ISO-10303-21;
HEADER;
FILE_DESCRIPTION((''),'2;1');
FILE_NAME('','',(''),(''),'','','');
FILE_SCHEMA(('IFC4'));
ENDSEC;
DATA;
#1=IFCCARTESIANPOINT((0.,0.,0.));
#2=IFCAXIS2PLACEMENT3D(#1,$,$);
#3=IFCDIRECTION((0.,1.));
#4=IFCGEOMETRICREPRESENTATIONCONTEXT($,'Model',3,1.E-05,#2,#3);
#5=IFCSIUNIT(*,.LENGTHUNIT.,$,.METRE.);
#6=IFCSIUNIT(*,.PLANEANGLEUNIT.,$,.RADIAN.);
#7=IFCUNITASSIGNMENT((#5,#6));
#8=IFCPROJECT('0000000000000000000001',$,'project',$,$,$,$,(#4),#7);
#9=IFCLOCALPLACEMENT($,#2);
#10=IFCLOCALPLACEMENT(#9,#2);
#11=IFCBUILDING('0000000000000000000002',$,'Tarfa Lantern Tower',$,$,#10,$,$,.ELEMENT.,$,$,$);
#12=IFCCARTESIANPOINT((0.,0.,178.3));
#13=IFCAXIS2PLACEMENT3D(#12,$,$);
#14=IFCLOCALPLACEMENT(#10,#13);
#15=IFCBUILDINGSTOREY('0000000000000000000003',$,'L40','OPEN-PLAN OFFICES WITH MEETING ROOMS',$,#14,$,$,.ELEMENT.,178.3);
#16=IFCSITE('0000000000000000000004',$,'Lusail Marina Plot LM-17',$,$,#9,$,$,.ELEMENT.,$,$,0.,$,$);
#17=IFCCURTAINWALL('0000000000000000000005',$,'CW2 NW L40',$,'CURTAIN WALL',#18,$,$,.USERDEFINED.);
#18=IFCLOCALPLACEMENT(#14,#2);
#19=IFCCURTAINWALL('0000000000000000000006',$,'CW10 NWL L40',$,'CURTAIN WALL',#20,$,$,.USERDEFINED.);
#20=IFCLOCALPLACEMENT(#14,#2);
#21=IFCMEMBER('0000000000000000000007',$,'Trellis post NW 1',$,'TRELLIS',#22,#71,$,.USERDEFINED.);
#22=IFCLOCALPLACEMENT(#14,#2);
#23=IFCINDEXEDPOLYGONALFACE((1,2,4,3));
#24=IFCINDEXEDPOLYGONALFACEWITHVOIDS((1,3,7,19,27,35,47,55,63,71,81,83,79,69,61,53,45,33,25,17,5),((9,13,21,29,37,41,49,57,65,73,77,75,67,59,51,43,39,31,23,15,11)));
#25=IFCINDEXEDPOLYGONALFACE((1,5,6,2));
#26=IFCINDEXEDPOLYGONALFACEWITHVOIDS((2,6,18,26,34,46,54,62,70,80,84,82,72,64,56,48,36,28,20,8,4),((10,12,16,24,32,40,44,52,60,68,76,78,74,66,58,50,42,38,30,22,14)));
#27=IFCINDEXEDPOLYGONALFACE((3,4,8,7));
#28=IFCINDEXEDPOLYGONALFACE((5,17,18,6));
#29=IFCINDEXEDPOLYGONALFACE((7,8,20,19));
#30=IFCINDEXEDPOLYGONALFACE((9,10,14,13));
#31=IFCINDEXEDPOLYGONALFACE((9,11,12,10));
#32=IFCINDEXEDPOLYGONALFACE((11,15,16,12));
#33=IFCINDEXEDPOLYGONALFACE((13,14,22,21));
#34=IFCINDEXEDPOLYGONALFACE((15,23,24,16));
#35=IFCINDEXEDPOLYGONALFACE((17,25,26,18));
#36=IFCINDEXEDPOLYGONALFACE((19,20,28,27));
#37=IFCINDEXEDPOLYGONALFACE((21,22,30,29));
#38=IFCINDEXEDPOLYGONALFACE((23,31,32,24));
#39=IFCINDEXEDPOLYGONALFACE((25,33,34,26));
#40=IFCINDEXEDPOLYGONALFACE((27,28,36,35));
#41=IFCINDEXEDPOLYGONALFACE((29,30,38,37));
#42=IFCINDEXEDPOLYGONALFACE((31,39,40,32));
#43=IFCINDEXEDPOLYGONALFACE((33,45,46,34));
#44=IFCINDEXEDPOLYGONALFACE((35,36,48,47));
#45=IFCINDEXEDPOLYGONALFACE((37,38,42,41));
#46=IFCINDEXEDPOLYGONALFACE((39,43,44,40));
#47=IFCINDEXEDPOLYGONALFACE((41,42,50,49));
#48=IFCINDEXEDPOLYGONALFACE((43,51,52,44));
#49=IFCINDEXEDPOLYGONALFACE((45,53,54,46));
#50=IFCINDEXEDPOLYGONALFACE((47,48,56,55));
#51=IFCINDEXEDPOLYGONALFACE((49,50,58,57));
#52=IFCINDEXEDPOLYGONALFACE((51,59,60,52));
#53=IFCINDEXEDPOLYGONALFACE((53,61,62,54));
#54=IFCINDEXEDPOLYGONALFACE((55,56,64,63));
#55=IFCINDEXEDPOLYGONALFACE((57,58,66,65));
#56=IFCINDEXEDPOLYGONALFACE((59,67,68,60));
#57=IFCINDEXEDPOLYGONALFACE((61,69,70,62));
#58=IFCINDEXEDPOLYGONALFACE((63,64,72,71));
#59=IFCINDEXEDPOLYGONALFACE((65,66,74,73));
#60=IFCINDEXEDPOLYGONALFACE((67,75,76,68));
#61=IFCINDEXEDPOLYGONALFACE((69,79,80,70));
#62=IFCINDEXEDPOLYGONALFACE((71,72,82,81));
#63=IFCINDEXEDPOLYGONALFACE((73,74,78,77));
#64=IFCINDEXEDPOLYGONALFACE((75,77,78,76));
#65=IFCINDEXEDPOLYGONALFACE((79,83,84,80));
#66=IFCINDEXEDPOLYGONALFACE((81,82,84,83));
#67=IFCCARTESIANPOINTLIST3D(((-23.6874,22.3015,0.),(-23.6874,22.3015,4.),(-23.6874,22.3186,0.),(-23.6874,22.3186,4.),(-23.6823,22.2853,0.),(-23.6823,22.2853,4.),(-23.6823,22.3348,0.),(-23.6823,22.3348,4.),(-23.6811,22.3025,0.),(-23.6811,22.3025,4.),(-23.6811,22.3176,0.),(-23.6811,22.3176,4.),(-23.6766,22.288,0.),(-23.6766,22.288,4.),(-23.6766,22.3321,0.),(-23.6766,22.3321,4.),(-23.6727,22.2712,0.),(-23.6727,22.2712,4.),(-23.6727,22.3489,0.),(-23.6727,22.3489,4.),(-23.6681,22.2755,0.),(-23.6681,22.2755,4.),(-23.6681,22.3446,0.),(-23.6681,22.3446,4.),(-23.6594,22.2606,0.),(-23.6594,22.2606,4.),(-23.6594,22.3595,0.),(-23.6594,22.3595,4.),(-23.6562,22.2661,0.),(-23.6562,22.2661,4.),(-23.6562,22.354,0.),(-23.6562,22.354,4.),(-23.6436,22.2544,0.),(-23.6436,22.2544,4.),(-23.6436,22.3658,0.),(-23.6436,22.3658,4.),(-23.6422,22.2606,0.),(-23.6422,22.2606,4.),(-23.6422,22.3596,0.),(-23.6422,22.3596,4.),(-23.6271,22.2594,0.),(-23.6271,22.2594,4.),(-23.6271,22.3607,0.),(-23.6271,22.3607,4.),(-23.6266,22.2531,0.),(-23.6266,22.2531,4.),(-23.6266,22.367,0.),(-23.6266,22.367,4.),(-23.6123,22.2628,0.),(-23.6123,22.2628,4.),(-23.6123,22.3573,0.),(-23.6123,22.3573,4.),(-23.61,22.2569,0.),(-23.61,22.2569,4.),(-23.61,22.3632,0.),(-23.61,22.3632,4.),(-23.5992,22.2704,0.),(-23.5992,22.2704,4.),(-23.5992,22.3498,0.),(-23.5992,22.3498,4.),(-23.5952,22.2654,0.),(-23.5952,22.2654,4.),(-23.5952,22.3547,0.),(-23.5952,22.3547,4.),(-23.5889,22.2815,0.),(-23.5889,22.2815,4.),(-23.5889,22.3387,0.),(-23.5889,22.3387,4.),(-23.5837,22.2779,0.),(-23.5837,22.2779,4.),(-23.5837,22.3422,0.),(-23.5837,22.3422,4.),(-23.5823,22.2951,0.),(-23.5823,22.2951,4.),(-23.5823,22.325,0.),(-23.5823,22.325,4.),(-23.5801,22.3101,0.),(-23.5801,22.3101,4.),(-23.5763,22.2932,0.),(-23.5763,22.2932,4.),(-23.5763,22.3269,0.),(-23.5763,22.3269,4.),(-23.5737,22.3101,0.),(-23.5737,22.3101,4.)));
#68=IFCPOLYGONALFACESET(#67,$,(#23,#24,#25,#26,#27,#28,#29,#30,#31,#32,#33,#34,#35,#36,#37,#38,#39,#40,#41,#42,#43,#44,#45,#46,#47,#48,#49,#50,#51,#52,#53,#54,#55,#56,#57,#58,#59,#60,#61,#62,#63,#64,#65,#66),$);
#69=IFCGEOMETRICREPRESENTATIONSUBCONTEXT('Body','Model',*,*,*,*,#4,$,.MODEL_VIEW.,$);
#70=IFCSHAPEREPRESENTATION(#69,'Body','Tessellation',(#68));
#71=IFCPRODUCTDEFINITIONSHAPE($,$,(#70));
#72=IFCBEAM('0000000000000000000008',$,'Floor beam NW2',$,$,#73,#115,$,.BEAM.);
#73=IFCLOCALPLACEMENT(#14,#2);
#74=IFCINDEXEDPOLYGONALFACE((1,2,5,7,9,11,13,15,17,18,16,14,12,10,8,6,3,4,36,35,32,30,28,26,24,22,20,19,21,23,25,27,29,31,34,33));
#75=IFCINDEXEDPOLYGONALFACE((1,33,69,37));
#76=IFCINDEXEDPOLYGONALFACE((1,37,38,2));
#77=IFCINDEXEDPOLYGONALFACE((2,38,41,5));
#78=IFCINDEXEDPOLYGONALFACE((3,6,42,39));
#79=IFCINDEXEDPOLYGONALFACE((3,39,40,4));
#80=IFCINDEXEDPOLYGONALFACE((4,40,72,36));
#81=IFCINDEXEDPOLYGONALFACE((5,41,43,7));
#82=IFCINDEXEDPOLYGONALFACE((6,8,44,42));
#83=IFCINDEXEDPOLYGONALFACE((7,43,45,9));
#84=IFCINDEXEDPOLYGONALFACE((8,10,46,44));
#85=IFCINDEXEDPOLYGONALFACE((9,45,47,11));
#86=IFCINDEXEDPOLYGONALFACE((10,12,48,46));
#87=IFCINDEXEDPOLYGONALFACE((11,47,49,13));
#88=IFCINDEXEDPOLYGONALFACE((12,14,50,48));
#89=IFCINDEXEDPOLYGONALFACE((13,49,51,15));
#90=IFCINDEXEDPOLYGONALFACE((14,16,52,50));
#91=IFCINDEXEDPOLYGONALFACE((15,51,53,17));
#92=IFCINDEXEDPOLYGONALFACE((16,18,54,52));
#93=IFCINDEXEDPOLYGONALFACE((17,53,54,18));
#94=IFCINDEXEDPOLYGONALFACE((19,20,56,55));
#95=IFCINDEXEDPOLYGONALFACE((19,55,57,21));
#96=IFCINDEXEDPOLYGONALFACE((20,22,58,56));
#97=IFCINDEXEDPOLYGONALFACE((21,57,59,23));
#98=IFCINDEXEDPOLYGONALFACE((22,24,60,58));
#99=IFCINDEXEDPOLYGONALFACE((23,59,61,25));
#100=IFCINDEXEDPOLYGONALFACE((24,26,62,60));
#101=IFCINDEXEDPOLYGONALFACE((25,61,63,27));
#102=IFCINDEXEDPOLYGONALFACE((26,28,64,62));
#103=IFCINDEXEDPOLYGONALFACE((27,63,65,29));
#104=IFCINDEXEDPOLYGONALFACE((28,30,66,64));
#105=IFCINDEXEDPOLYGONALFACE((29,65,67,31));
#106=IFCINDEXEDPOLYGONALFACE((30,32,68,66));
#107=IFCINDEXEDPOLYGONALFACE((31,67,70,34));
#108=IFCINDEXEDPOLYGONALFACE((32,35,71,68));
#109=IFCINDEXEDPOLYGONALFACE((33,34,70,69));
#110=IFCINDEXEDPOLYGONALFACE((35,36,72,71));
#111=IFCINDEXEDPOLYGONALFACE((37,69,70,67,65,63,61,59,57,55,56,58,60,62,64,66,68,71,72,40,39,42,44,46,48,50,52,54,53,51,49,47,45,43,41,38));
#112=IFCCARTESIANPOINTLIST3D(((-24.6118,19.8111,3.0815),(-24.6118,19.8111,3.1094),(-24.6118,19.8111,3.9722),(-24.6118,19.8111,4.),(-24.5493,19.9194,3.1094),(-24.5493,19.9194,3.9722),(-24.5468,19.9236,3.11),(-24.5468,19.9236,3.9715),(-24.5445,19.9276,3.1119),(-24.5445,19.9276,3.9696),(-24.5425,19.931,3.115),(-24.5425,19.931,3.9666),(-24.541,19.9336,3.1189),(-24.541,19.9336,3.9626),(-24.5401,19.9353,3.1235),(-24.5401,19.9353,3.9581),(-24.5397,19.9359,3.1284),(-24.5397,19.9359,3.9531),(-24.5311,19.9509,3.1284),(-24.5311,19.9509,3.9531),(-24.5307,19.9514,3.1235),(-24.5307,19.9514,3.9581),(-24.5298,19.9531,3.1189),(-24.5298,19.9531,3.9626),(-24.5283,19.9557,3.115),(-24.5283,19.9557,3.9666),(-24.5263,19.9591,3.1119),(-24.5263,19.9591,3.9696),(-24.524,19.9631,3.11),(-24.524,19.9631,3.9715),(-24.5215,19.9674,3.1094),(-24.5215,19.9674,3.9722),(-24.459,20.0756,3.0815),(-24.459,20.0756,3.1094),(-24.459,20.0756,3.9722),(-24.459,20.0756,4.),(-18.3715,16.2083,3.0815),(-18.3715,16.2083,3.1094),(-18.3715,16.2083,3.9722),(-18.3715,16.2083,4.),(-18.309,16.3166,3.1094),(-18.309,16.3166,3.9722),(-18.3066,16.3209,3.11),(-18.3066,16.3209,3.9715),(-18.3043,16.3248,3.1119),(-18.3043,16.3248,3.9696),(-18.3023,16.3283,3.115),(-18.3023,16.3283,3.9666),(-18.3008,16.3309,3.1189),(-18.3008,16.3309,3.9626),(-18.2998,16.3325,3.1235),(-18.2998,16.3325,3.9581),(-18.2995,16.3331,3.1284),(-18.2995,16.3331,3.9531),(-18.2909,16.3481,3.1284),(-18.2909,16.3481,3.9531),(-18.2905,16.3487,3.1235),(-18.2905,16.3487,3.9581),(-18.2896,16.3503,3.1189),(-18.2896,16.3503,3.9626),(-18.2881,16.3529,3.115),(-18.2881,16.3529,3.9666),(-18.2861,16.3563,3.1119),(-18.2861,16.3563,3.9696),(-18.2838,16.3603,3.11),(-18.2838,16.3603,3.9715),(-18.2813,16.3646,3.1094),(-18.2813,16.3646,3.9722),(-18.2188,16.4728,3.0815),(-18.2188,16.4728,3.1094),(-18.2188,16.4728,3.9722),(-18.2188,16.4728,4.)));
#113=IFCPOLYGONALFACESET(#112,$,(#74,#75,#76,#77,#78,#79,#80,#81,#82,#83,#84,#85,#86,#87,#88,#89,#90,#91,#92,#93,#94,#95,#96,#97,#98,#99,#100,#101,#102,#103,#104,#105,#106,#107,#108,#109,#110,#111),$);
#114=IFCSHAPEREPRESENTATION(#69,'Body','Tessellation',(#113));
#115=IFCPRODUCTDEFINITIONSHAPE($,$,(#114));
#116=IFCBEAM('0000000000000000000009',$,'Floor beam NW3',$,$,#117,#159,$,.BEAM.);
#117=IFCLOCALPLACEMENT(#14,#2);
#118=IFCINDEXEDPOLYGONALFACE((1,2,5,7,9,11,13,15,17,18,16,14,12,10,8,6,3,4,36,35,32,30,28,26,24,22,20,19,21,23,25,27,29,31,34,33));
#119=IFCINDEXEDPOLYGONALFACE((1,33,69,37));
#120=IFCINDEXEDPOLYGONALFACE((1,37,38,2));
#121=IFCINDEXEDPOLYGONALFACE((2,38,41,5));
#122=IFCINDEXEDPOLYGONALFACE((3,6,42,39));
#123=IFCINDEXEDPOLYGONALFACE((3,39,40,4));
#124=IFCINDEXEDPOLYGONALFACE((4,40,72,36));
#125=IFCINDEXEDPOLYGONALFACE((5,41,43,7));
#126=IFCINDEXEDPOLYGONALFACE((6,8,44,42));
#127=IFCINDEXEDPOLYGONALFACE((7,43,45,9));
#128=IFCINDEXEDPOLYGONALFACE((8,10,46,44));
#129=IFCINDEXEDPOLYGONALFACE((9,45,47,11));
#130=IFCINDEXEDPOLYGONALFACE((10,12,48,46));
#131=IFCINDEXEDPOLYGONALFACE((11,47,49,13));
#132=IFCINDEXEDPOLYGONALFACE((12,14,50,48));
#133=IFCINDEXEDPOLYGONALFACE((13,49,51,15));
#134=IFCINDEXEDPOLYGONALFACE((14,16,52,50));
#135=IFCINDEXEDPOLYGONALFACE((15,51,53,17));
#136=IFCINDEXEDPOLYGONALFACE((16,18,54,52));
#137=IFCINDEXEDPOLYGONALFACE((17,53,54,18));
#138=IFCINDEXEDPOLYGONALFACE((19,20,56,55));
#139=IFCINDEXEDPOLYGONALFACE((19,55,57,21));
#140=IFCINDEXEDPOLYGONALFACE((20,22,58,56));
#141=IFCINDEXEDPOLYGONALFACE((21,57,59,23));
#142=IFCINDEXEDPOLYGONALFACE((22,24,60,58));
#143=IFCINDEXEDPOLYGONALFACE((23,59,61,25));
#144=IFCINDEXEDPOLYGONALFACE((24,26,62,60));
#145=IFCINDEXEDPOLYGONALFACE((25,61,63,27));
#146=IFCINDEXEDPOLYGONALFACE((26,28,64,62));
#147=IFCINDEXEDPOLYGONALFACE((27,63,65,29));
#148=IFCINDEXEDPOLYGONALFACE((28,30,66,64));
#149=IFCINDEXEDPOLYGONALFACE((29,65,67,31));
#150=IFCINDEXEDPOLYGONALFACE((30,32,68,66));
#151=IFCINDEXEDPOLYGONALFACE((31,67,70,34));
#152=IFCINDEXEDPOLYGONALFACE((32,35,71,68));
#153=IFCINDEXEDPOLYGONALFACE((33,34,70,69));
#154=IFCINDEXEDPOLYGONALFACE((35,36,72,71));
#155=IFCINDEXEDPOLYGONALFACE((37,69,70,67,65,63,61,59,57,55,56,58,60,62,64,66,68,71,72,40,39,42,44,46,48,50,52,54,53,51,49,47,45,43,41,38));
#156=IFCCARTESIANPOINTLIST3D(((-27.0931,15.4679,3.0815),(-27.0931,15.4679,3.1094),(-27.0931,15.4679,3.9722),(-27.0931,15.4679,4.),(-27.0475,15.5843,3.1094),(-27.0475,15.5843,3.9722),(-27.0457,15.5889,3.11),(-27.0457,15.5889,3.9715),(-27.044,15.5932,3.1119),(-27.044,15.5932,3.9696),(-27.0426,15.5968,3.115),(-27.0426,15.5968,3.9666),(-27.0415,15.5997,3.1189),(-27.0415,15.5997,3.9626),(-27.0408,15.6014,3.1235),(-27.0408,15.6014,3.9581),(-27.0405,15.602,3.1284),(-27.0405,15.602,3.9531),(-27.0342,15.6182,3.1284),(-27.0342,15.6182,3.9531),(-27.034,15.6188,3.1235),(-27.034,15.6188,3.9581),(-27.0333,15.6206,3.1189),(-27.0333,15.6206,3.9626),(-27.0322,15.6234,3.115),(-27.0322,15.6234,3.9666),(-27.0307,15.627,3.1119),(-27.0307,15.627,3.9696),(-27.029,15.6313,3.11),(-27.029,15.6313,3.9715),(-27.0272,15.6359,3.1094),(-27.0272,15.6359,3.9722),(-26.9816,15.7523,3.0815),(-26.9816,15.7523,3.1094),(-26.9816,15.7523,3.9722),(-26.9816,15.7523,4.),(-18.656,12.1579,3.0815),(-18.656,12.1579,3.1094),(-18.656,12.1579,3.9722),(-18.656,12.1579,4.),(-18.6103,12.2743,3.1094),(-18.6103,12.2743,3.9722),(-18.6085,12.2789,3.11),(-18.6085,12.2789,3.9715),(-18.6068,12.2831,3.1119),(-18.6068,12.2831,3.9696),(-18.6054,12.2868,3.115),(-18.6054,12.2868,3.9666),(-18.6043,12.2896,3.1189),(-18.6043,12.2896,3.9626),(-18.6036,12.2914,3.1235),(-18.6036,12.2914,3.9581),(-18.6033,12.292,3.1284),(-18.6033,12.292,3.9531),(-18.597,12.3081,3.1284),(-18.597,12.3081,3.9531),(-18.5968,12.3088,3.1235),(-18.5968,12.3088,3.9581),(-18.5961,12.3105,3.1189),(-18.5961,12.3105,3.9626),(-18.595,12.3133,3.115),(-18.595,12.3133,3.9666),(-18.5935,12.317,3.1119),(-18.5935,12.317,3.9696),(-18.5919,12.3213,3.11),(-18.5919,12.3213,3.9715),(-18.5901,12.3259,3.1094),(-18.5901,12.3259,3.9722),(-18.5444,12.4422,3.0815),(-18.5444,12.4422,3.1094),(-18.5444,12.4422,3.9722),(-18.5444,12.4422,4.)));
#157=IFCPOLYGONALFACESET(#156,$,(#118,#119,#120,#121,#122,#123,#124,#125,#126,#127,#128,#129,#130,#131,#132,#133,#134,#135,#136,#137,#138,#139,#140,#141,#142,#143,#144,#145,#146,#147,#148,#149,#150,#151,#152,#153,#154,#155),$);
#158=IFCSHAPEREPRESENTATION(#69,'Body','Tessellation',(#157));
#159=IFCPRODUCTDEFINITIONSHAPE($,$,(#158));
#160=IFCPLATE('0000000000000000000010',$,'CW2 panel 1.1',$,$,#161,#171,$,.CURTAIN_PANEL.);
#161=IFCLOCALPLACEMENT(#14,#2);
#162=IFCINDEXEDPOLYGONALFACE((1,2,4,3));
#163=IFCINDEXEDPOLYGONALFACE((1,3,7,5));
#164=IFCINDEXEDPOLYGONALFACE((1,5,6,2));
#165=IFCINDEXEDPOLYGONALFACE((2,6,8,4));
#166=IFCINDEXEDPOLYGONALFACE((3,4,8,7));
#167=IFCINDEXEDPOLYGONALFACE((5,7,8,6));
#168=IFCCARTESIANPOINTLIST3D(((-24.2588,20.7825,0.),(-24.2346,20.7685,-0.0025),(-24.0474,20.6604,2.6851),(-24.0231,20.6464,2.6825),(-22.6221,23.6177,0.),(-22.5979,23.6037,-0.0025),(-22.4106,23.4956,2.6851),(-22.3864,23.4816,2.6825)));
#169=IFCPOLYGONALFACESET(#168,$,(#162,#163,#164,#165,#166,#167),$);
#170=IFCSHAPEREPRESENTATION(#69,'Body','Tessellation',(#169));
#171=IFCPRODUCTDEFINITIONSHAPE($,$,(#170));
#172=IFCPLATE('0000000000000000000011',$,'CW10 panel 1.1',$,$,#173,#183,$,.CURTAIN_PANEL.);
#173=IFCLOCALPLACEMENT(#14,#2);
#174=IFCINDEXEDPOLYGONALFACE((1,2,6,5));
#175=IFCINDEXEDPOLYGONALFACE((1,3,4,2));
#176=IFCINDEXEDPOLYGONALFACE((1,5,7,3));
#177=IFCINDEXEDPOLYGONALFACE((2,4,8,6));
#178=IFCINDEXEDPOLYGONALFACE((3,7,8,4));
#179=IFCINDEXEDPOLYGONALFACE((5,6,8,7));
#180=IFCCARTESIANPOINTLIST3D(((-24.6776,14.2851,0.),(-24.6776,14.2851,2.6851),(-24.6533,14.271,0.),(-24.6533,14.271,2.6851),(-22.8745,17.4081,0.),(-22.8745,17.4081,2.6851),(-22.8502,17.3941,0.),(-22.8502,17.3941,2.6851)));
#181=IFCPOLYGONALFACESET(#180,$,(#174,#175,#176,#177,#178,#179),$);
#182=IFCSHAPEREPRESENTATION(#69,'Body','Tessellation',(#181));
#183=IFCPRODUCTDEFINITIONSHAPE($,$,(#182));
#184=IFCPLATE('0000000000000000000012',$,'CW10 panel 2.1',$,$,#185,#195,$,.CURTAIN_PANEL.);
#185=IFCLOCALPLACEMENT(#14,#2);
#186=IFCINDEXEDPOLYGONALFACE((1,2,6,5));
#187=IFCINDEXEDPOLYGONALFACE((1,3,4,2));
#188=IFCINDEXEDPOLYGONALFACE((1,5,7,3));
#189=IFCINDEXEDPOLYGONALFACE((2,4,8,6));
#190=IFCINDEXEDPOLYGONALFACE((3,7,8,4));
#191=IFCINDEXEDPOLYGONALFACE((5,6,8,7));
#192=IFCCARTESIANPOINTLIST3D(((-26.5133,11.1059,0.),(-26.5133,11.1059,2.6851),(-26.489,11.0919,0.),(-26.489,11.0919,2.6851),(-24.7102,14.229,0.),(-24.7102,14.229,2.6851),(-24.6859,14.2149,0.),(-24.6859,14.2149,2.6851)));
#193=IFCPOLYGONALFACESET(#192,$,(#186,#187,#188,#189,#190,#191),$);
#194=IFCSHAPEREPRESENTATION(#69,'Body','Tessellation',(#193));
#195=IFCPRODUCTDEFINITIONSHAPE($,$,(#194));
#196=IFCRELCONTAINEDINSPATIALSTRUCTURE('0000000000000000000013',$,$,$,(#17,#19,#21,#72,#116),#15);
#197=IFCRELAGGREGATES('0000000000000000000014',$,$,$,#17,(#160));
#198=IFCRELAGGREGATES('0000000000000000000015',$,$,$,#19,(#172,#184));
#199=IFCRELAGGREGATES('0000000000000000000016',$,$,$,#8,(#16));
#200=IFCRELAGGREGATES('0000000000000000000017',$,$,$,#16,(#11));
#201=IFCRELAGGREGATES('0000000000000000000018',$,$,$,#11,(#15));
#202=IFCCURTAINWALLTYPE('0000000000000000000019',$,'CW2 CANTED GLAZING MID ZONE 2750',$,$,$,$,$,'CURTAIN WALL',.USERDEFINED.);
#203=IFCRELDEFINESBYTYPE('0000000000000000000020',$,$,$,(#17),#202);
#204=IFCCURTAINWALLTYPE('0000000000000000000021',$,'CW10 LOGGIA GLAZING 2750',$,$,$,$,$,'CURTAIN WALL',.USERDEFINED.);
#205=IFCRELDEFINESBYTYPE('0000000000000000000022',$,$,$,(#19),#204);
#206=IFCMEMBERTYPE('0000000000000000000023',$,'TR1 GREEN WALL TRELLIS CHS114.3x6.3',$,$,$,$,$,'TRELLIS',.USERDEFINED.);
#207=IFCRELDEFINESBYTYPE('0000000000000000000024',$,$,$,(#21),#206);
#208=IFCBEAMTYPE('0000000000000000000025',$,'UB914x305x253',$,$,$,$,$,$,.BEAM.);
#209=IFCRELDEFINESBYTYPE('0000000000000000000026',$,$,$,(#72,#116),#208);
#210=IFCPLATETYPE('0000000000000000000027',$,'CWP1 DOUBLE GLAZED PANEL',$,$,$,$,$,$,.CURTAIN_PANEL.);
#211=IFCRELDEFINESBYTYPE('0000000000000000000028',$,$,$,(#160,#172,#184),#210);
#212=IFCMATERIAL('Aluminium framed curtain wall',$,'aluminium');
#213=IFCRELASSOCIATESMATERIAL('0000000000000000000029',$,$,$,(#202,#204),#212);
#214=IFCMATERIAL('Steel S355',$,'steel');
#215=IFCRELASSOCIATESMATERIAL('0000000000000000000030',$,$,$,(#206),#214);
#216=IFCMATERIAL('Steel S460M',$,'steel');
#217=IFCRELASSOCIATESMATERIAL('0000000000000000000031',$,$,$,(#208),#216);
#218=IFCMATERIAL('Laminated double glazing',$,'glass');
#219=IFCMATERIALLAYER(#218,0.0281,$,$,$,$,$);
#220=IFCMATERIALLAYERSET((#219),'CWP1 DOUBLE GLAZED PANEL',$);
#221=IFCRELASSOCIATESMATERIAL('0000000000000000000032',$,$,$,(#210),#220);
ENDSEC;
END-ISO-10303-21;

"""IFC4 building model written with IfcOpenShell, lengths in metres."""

from ifc_helpers import new_model, si_unit, direction, frame, origin, origin_2d, place, context, subcontext, project, spatial, polyline, rectangle, hollow_circle, i_section, outline, extrude, material, layer, layer_set, material_profile, profile_set, type_object, element, aggregate, save


model = new_model("IFC4")

# Units and contexts
model_context = context("Model", 3, precision=1e-05, world=origin(), true_north=direction((0.0, 1.0)))
body_context = subcontext(model_context, "Body", "Model", "MODEL_VIEW")
ifc_project = project(units=[si_unit("LENGTHUNIT", "METRE"), si_unit("PLANEANGLEUNIT", "RADIAN")], contexts=[model_context])

# Site, building, storey
site_placement = place(None, origin())
site = spatial("IfcSite", under=ifc_project, at=site_placement, Name="Lusail Marina Plot LM-17", CompositionType="ELEMENT", RefElevation=0.0)
building_placement = place(site_placement, origin())
building = spatial("IfcBuilding", under=site, at=building_placement, Name="Tarfa Lantern Tower", CompositionType="ELEMENT")
storey_placement = place(building_placement, frame((0.0, 0.0, 178.3)))
storey = spatial("IfcBuildingStorey", under=building, at=storey_placement, Name="L40", Description="OPEN-PLAN OFFICES WITH MEETING ROOMS", CompositionType="ELEMENT", Elevation=178.3)

# Curtain walls
ifc_material_1 = material(Name="Aluminium framed curtain wall", Category="aluminium")
curtain_wall_type_1 = type_object("IfcCurtainWallType", Name="CW2 CANTED GLAZING MID ZONE 2750", ElementType="CURTAIN WALL", PredefinedType="USERDEFINED", material=ifc_material_1)
curtain_wall_1_placement = place(storey_placement, origin())
curtain_wall_1 = element("IfcCurtainWall", 1, at=curtain_wall_1_placement, inside=storey, type_object=curtain_wall_type_1, Name="CW2 NW L40", ObjectType="CURTAIN WALL", PredefinedType="USERDEFINED")
curtain_wall_type_2 = type_object("IfcCurtainWallType", Name="CW10 LOGGIA GLAZING 2750", ElementType="CURTAIN WALL", PredefinedType="USERDEFINED", material=ifc_material_1)
curtain_wall_2_placement = place(storey_placement, origin())
curtain_wall_2 = element("IfcCurtainWall", 2, at=curtain_wall_2_placement, inside=storey, type_object=curtain_wall_type_2, Name="CW10 NWL L40", ObjectType="CURTAIN WALL", PredefinedType="USERDEFINED")

# Member
ifc_material_2 = material(Name="Steel S355", Category="steel")
ifc_material_profile_1 = material_profile(ifc_material_2, hollow_circle(Radius=0.0571, WallThickness=0.0063, at=origin_2d()), Name="CHS114.3x6.3")
ifc_profile_set_1 = profile_set([ifc_material_profile_1], Name="Steel S355")
member_type_1 = type_object("IfcMemberType", Name="TR1 GREEN WALL TRELLIS CHS114.3x6.3", ElementType="TRELLIS", PredefinedType="USERDEFINED", material=ifc_profile_set_1)
member_1_placement = place(storey_placement, frame((-23.6309, 22.3101, 0.0), z_axis=(0.0, 0.0, 1.0), x_axis=(1.0, 0.0, 0.0)))
element("IfcMember", 3, at=member_1_placement, inside=storey, type_object=member_type_1, Name="Trellis post NW 1", ObjectType="TRELLIS", PredefinedType="USERDEFINED", context=body_context, shape_type="SweptSolid", body=[
    extrude(hollow_circle(Radius=0.0571, WallThickness=0.0063, at=origin_2d()), origin(), (0.0, 0.0, 1.0), 4.0),
])

# Beams
ifc_material_3 = material(Name="Steel S460M", Category="steel")
ifc_material_profile_2 = material_profile(ifc_material_3, i_section(OverallWidth=0.3054, OverallDepth=0.9185, WebThickness=0.0173, FlangeThickness=0.0278, FilletRadius=0.019, at=origin_2d()), Name="UB914x305x253")
ifc_profile_set_2 = profile_set([ifc_material_profile_2], Name="Steel S460M")
beam_type_1 = type_object("IfcBeamType", Name="UB914x305x253", PredefinedType="BEAM", material=ifc_profile_set_2)
beam_1_placement = place(storey_placement, frame((-24.5354, 19.9434, 3.5408), z_axis=(0.866026, -0.499998, 0.0), x_axis=(0.499998, 0.866026, 0.0)))
element("IfcBeam", 4, at=beam_1_placement, inside=storey, type_object=beam_type_1, Name="Floor beam NW2", PredefinedType="BEAM", context=body_context, shape_type="SweptSolid", body=[
    extrude(i_section(OverallWidth=0.3054, OverallDepth=0.9185, WebThickness=0.0173, FlangeThickness=0.0278, FilletRadius=0.019, at=origin_2d()), origin(), (0.0, 0.0, 1.0), 7.2056),
])
beam_2_placement = place(storey_placement, frame((-27.0374, 15.6101, 3.5408), z_axis=(0.930923, -0.365215, 0.0), x_axis=(0.365215, 0.930923, 0.0)))
element("IfcBeam", 5, at=beam_2_placement, inside=storey, type_object=beam_type_1, Name="Floor beam NW3", PredefinedType="BEAM", context=body_context, shape_type="SweptSolid", body=[
    extrude(i_section(OverallWidth=0.3054, OverallDepth=0.9185, WebThickness=0.0173, FlangeThickness=0.0278, FilletRadius=0.019, at=origin_2d()), origin(), (0.0, 0.0, 1.0), 9.0632),
])

# Plates
ifc_material_4 = material(Name="Laminated double glazing", Category="glass")
ifc_layer_1 = layer(ifc_material_4, 0.0281)
ifc_layer_set_1 = layer_set([ifc_layer_1], Name="CWP1 DOUBLE GLAZED PANEL")
plate_type_1 = type_object("IfcPlateType", Name="CWP1 DOUBLE GLAZED PANEL", PredefinedType="CURTAIN_PANEL", material=ifc_layer_set_1)
plate_1_placement = place(storey_placement, frame((-22.6221, 23.6177, 0.0), z_axis=(-0.862492, 0.497903, 0.09055), x_axis=(-0.499957, -0.86605, 0.0)))
plate_1 = element("IfcPlate", 6, at=plate_1_placement, type_object=plate_type_1, Name="CW2 panel 1.1", PredefinedType="CURTAIN_PANEL", context=body_context, shape_type="SweptSolid", body=[
    extrude(outline(polyline([(0.0, 0.0), (3.2737, 0.0), (3.2737, 2.6961), (0.0, 2.6961), (0.0, 0.0)])), origin(), (0.0, 0.0, -1.0), 0.0281),
])
aggregate(curtain_wall_1, [plate_1])
plate_2_placement = place(storey_placement, frame((-23.7639, 15.8396, 0.0), z_axis=(0.0, 0.0, 1.0), x_axis=(-0.5, -0.866025, 0.0)))
plate_2 = element("IfcPlate", 7, at=plate_2_placement, type_object=plate_type_1, Name="CW10 panel 1.1", PredefinedType="CURTAIN_PANEL", context=body_context, shape_type="SweptSolid", body=[
    extrude(rectangle(XDim=3.6062, YDim=0.0281, at=origin_2d()), origin(), (0.0, 0.0, 1.0), 2.6851),
])
plate_3_placement = place(storey_placement, frame((-25.5996, 12.6604, 0.0), z_axis=(0.0, 0.0, 1.0), x_axis=(-0.5, -0.866025, 0.0)))
plate_3 = element("IfcPlate", 8, at=plate_3_placement, type_object=plate_type_1, Name="CW10 panel 2.1", PredefinedType="CURTAIN_PANEL", context=body_context, shape_type="SweptSolid", body=[
    extrude(rectangle(XDim=3.6062, YDim=0.0281, at=origin_2d()), origin(), (0.0, 0.0, 1.0), 2.6851),
])
aggregate(curtain_wall_2, [plate_2, plate_3])

save(model, "model.ifc")
